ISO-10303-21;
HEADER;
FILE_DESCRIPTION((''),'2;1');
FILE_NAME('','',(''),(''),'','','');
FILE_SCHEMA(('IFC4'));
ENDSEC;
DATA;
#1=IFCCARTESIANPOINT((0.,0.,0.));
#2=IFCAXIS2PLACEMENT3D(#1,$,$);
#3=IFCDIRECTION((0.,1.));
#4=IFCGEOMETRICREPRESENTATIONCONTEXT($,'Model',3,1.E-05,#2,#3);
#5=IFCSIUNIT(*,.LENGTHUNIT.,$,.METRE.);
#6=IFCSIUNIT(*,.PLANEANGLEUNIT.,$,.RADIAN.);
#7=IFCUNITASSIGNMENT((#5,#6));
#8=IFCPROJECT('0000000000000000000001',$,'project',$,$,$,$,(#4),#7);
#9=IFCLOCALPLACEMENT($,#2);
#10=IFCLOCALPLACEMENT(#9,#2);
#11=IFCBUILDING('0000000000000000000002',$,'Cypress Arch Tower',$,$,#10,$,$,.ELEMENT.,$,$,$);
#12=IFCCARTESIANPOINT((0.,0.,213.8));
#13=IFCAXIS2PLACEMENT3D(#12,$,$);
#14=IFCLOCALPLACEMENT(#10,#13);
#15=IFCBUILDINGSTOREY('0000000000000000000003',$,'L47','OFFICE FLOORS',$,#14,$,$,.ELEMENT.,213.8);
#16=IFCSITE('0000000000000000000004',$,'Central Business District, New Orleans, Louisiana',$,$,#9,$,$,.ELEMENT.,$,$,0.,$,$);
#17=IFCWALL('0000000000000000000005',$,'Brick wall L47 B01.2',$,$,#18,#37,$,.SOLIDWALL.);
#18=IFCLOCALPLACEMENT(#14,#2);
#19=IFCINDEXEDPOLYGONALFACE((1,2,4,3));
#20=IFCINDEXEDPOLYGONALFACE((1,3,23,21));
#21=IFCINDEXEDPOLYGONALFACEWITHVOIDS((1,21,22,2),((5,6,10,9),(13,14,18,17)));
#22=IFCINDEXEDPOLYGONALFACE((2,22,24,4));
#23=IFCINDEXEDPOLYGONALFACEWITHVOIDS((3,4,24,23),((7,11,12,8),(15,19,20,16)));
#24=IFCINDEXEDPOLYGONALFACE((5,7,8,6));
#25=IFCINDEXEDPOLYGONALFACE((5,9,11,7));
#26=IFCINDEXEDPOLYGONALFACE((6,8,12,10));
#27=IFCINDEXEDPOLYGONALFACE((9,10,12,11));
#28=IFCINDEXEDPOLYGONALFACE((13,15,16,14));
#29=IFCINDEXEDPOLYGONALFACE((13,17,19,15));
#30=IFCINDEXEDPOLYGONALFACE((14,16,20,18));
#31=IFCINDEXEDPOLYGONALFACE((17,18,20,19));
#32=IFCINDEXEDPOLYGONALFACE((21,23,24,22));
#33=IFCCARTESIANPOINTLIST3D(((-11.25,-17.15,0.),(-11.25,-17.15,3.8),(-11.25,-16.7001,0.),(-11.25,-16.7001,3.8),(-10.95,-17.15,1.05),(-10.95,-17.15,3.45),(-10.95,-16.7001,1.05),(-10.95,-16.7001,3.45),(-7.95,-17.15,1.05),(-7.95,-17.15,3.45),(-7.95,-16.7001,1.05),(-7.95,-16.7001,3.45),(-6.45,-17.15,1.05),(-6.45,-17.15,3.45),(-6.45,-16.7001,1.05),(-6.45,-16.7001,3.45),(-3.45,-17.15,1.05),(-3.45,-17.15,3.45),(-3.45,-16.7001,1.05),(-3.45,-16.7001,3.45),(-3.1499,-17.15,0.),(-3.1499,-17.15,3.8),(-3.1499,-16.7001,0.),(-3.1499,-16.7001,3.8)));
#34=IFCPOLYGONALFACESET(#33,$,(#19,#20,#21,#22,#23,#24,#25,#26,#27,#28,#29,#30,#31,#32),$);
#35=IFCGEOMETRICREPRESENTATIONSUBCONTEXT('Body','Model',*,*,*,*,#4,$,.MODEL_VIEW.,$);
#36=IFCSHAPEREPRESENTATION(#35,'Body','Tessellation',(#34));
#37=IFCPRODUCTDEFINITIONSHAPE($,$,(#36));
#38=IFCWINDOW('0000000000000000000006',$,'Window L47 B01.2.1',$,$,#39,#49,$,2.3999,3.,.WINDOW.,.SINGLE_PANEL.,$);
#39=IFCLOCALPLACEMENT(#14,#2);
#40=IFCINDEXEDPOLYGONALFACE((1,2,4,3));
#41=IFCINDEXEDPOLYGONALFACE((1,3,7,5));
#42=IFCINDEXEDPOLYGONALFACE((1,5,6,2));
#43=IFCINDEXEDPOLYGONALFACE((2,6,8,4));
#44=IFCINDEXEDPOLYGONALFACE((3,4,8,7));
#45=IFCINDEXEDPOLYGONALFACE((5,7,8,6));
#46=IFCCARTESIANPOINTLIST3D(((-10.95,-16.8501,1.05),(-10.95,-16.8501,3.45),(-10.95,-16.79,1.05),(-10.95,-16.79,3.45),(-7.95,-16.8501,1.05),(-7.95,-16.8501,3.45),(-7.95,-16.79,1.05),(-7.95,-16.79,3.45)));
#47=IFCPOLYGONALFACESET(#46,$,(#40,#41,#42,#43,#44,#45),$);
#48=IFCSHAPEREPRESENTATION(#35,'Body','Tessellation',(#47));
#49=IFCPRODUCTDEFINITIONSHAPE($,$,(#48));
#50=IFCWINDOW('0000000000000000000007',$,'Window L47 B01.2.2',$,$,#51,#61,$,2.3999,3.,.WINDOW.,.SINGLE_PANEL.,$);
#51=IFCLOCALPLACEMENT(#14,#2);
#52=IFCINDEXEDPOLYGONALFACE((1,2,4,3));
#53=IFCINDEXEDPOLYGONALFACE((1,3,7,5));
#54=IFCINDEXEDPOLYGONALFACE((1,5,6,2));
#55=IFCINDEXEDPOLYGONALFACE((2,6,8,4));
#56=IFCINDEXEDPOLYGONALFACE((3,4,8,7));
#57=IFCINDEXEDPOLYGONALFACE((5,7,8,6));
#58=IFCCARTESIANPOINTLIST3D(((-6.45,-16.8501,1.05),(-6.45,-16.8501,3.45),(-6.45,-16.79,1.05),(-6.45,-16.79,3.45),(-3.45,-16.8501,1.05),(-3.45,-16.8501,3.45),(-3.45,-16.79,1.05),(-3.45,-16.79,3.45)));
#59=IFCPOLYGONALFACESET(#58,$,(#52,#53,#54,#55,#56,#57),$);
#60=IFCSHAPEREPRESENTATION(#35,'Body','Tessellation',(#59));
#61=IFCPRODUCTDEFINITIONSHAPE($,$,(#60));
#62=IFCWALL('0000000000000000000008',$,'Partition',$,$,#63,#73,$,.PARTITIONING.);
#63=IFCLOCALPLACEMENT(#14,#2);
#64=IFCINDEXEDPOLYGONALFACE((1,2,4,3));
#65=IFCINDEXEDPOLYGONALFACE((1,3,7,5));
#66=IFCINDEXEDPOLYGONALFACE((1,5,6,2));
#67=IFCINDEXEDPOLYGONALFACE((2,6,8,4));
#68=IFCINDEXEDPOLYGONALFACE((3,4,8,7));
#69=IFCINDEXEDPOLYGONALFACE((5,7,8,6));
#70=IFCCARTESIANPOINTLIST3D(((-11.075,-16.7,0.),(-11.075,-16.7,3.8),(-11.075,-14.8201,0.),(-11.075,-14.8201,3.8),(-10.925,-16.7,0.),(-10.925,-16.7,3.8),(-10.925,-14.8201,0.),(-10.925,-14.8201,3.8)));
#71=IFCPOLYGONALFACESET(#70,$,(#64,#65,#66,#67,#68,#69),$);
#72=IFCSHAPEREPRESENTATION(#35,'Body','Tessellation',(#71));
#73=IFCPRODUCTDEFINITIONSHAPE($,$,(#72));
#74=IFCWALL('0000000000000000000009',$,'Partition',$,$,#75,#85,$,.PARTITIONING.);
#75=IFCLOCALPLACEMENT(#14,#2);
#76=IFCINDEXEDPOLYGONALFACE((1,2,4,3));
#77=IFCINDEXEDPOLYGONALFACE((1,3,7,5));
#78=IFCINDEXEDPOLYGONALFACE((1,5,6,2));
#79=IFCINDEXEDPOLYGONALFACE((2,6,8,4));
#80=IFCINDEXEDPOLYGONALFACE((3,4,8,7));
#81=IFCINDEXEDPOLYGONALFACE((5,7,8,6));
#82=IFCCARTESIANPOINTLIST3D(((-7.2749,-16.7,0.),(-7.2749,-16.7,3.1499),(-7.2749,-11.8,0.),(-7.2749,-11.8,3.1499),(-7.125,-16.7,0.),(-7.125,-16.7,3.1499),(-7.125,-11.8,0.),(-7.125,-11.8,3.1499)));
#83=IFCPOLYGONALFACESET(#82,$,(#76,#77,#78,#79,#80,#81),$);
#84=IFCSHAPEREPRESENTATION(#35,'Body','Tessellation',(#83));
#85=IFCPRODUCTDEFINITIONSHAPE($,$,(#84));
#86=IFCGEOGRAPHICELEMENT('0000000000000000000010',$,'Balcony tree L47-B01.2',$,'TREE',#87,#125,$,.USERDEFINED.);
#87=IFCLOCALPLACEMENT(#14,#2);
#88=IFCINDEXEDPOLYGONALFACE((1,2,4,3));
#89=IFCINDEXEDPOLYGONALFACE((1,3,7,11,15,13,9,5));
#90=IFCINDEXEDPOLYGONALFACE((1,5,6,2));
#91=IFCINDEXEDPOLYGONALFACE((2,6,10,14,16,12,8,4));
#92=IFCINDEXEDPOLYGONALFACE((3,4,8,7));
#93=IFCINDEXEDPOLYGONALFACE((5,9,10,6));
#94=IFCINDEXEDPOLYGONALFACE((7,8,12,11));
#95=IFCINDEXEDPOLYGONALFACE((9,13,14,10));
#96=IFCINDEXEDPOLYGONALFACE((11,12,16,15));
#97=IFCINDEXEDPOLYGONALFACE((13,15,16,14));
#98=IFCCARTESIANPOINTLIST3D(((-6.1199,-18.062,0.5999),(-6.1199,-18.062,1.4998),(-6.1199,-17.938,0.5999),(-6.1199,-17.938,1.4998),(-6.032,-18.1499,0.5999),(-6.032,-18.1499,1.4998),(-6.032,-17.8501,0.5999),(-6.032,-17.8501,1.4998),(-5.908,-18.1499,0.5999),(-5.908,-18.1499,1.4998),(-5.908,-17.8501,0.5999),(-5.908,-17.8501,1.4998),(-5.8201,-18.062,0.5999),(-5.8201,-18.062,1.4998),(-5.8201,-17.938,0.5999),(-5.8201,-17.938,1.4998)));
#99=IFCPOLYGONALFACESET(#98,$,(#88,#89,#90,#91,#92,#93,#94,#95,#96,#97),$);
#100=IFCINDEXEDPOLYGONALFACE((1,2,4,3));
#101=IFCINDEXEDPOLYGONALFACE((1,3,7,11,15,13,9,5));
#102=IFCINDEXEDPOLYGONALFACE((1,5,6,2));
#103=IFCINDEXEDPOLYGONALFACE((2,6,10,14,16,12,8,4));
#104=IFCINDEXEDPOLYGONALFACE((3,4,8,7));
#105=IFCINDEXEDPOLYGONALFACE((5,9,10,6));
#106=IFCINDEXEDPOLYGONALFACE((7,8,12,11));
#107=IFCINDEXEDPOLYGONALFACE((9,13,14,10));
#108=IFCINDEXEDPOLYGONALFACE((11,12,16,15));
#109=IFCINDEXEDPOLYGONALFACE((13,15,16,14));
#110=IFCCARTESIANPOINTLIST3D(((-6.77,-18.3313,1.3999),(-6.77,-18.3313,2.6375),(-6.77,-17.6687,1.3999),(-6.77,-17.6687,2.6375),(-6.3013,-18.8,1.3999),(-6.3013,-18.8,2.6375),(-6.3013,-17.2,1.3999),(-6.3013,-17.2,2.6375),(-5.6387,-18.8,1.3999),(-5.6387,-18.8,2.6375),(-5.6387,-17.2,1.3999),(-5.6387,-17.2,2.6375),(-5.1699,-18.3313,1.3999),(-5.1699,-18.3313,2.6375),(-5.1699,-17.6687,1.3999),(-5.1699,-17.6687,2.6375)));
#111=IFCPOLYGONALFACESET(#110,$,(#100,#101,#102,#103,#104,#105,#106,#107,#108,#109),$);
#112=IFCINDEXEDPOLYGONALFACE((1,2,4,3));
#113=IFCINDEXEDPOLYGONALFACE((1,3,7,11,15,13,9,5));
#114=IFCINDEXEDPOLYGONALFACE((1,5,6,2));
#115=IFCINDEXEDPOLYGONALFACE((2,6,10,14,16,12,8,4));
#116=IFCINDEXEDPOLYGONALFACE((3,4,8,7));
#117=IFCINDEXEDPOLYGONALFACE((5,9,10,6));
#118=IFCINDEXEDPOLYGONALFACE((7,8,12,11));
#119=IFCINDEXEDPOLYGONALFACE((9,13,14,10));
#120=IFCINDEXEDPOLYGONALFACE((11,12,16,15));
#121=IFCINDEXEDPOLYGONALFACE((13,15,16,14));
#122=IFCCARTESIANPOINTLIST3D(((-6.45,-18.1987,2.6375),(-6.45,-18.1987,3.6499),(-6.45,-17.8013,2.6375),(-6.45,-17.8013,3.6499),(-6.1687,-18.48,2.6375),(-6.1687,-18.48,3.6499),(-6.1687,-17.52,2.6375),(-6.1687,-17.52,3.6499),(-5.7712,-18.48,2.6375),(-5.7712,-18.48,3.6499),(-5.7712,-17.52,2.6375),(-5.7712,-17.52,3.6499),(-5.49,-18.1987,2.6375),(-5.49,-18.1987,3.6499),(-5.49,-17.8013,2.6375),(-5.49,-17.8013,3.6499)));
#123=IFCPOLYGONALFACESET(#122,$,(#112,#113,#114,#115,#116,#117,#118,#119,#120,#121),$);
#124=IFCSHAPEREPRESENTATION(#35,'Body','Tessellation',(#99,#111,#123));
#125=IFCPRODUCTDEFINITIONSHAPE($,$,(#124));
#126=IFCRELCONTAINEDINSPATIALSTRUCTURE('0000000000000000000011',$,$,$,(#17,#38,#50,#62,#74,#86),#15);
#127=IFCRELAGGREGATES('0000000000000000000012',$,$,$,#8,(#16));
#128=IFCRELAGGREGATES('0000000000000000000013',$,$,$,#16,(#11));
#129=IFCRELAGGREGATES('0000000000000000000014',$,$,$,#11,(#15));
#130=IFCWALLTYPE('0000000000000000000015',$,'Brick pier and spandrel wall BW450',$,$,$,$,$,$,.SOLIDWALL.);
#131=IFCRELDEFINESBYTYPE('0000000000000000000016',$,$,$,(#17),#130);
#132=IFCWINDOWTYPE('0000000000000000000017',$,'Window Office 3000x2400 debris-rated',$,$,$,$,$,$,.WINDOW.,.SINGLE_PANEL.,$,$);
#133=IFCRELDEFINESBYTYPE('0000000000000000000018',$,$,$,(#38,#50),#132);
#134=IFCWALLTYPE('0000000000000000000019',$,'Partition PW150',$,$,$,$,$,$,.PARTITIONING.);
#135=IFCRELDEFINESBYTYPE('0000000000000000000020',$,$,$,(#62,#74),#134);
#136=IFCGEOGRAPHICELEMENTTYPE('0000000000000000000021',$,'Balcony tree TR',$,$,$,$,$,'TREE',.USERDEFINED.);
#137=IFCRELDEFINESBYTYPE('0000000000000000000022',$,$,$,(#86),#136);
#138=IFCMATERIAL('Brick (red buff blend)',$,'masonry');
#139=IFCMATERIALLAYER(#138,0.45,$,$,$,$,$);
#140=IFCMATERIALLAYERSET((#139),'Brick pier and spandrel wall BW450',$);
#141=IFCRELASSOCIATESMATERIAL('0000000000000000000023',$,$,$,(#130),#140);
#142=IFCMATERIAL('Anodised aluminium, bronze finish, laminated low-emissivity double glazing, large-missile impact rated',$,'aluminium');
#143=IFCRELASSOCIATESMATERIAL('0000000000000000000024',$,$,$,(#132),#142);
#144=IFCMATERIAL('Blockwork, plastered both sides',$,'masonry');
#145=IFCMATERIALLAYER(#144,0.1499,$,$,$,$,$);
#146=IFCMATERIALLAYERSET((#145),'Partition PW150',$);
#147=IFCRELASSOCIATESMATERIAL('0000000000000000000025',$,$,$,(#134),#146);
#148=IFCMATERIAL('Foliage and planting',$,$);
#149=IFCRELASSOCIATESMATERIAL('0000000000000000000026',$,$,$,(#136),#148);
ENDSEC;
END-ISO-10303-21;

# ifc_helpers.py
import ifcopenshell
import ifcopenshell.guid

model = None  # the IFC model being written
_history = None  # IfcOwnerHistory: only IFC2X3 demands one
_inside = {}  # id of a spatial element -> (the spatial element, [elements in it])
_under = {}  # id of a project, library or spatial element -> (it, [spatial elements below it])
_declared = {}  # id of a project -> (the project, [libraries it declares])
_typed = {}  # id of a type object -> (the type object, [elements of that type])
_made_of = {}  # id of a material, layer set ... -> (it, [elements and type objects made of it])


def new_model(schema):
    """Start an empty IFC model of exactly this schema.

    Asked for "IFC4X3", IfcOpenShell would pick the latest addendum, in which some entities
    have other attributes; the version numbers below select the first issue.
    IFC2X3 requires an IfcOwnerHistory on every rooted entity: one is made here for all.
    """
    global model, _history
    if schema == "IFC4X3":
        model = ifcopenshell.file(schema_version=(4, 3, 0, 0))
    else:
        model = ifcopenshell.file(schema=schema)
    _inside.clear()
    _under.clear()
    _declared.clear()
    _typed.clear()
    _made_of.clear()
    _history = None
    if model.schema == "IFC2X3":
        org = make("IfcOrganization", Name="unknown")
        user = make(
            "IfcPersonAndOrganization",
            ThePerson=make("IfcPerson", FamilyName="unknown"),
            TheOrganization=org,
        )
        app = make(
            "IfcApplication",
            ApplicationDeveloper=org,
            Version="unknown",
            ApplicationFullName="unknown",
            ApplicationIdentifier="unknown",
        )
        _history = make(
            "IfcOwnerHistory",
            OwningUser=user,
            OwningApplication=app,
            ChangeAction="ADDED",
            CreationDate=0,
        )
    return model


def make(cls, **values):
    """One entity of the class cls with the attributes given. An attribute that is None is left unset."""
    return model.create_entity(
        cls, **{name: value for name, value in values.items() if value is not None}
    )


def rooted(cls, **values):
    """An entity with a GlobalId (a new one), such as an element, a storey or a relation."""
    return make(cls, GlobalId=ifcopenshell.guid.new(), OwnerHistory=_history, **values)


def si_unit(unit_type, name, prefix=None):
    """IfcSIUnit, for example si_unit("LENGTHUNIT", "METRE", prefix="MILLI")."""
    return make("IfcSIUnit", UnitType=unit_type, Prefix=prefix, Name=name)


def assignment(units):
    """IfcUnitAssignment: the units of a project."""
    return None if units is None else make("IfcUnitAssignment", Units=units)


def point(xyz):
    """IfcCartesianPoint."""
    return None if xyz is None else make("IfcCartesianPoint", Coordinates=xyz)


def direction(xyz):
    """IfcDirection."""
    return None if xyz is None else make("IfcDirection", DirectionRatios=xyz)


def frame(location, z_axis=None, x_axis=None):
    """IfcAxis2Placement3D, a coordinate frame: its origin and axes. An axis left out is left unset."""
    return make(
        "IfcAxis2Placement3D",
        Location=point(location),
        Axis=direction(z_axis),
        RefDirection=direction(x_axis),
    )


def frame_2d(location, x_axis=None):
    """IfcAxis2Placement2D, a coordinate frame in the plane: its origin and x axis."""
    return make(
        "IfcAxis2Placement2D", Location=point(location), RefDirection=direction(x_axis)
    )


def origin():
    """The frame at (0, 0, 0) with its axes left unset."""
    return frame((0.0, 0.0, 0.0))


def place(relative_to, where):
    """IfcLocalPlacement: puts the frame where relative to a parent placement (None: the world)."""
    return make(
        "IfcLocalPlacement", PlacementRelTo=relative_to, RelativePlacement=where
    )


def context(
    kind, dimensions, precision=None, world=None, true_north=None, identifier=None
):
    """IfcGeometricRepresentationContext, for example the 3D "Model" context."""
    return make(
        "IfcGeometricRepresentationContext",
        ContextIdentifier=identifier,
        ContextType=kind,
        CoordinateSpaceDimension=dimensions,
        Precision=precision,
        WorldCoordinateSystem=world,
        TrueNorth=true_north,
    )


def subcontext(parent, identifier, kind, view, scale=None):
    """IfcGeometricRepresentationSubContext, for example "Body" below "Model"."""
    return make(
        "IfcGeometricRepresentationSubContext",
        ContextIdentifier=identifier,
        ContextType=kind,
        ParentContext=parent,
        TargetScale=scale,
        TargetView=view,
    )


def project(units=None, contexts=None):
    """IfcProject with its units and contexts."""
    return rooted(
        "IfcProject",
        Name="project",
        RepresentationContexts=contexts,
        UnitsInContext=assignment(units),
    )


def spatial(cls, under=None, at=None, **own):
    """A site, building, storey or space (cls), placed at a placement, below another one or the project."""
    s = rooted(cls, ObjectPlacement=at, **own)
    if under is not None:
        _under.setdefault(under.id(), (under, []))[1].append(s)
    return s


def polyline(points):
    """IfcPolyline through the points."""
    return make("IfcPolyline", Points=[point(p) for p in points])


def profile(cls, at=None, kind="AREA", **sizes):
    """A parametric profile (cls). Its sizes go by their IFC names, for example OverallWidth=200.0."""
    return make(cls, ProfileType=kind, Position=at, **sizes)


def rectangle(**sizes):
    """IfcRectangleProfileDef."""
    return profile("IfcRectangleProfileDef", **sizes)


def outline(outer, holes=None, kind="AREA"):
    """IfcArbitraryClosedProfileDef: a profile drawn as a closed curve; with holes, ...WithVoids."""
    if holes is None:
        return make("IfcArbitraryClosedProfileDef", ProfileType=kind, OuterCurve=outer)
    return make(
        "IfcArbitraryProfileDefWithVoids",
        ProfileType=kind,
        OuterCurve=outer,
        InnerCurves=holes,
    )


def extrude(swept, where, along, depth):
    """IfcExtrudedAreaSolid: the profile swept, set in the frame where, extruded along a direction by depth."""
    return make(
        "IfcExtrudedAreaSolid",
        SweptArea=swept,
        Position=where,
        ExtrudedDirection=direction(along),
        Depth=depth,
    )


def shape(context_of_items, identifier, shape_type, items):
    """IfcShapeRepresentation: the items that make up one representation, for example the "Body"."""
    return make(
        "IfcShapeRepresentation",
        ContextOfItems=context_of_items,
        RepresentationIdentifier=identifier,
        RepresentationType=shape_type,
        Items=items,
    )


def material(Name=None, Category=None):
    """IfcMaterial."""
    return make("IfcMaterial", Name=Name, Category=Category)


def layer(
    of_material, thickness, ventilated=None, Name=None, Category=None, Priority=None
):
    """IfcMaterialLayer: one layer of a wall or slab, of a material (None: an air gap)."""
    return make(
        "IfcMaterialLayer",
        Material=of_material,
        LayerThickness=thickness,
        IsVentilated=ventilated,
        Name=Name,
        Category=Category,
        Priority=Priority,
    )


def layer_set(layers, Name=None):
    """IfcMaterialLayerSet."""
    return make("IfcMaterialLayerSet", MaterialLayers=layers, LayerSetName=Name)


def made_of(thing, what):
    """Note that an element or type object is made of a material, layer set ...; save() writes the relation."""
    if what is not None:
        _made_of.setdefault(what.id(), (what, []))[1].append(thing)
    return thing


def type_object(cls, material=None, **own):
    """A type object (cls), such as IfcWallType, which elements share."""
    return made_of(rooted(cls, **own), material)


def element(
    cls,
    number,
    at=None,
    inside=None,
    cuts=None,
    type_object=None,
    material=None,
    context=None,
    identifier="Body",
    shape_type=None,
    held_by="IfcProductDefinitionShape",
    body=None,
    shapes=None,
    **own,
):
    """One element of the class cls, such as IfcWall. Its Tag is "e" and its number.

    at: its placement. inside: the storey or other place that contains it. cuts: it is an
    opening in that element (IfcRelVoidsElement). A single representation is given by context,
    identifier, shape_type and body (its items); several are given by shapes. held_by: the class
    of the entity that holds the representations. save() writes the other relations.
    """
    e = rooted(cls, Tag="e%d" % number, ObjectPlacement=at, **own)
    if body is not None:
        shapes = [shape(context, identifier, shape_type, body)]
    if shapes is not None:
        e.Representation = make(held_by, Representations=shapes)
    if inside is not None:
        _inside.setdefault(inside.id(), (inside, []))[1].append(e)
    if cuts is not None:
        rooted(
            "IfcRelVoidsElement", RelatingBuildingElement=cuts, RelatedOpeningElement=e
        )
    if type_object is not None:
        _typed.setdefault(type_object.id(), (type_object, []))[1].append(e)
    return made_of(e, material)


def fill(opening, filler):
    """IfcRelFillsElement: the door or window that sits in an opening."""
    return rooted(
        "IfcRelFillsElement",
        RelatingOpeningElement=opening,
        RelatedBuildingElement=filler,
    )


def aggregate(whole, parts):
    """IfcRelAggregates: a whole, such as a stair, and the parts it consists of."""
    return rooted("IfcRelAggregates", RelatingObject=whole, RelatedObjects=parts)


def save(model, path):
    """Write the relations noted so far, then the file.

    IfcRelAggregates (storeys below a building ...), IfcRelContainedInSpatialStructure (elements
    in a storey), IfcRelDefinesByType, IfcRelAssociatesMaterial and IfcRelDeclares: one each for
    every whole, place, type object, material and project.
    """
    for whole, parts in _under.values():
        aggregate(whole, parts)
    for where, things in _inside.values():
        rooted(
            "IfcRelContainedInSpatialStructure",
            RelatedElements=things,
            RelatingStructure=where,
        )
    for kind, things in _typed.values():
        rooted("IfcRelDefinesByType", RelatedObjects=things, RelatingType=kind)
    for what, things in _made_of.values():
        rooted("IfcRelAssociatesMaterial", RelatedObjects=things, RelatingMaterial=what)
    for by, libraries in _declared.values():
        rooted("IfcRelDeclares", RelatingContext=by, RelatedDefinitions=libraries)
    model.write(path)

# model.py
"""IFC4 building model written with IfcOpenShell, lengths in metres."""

from ifc_helpers import new_model, si_unit, direction, frame, frame_2d, origin, place, context, subcontext, project, spatial, polyline, rectangle, outline, extrude, material, layer, layer_set, type_object, element, fill, save


model = new_model("IFC4")

# Units and contexts
model_context = context("Model", 3, precision=1e-05, world=origin(), true_north=direction((0.0, 1.0)))
body_context = subcontext(model_context, "Body", "Model", "MODEL_VIEW")
ifc_project = project(units=[si_unit("LENGTHUNIT", "METRE"), si_unit("PLANEANGLEUNIT", "RADIAN")], contexts=[model_context])

# Site, building, storey
site_placement = place(None, origin())
site = spatial("IfcSite", under=ifc_project, at=site_placement, Name="Central Business District, New Orleans, Louisiana", CompositionType="ELEMENT", RefElevation=0.0)
building_placement = place(site_placement, origin())
building = spatial("IfcBuilding", under=site, at=building_placement, Name="Cypress Arch Tower", CompositionType="ELEMENT")
storey_placement = place(building_placement, frame((0.0, 0.0, 213.8)))
storey = spatial("IfcBuildingStorey", under=building, at=storey_placement, Name="L47", Description="OFFICE FLOORS", CompositionType="ELEMENT", Elevation=213.8)

# Wall, openings, windows
ifc_material_1 = material(Name="Brick (red buff blend)", Category="masonry")
ifc_layer_1 = layer(ifc_material_1, 0.45)
ifc_layer_set_1 = layer_set([ifc_layer_1], Name="Brick pier and spandrel wall BW450")
wall_type_1 = type_object("IfcWallType", Name="Brick pier and spandrel wall BW450", PredefinedType="SOLIDWALL", material=ifc_layer_set_1)
wall_1_placement = place(storey_placement, frame((-11.25, -16.925, 0.0), z_axis=(0.0, 0.0, 1.0), x_axis=(1.0, 0.0, 0.0)))
wall_1 = element("IfcWall", 1, at=wall_1_placement, inside=storey, type_object=wall_type_1, Name="Brick wall L47 B01.2", PredefinedType="SOLIDWALL", context=body_context, shape_type="SweptSolid", body=[
    extrude(rectangle(XDim=8.1001, YDim=0.45, at=frame_2d((4.05, 0.0))), origin(), (0.0, 0.0, 1.0), 3.8),
])
opening_1_placement = place(wall_1_placement, frame((0.3, 0.0, 1.05)))
opening_1 = element("IfcOpeningElement", 2, at=opening_1_placement, cuts=wall_1, PredefinedType="OPENING", context=body_context, shape_type="SweptSolid", body=[
    extrude(rectangle(XDim=3.0, YDim=2.3999, at=frame_2d((1.5, 1.2))), frame((0.0, 0.2349, 0.0), z_axis=(0.0, -1.0, 0.0), x_axis=(1.0, 0.0, 0.0)), (0.0, 0.0, 1.0), 0.47),
])
opening_2_placement = place(wall_1_placement, frame((4.8, 0.0, 1.05)))
opening_2 = element("IfcOpeningElement", 3, at=opening_2_placement, cuts=wall_1, PredefinedType="OPENING", context=body_context, shape_type="SweptSolid", body=[
    extrude(rectangle(XDim=3.0, YDim=2.3999, at=frame_2d((1.5, 1.2))), frame((0.0, 0.2349, 0.0), z_axis=(0.0, -1.0, 0.0), x_axis=(1.0, 0.0, 0.0)), (0.0, 0.0, 1.0), 0.47),
])
ifc_material_2 = material(Name="Anodised aluminium, bronze finish, laminated low-emissivity double glazing, large-missile impact rated", Category="aluminium")
window_type_1 = type_object("IfcWindowType", Name="Window Office 3000x2400 debris-rated", PartitioningType="SINGLE_PANEL", PredefinedType="WINDOW", material=ifc_material_2)
window_1_placement = place(opening_1_placement, origin())
window_1 = element("IfcWindow", 4, at=window_1_placement, inside=storey, type_object=window_type_1, Name="Window L47 B01.2.1", OverallHeight=2.3999, OverallWidth=3.0, PartitioningType="SINGLE_PANEL", PredefinedType="WINDOW", context=body_context, shape_type="SweptSolid", body=[
    extrude(rectangle(XDim=3.0, YDim=2.3999, at=frame_2d((1.5, 1.2))), frame((0.0, 0.135, 0.0), z_axis=(0.0, -1.0, 0.0), x_axis=(1.0, 0.0, 0.0)), (0.0, 0.0, 1.0), 0.0601),
])
fill(opening_1, window_1)
window_2_placement = place(opening_2_placement, origin())
window_2 = element("IfcWindow", 5, at=window_2_placement, inside=storey, type_object=window_type_1, Name="Window L47 B01.2.2", OverallHeight=2.3999, OverallWidth=3.0, PartitioningType="SINGLE_PANEL", PredefinedType="WINDOW", context=body_context, shape_type="SweptSolid", body=[
    extrude(rectangle(XDim=3.0, YDim=2.3999, at=frame_2d((1.5, 1.2))), frame((0.0, 0.135, 0.0), z_axis=(0.0, -1.0, 0.0), x_axis=(1.0, 0.0, 0.0)), (0.0, 0.0, 1.0), 0.0601),
])
fill(opening_2, window_2)

# Walls
ifc_material_3 = material(Name="Blockwork, plastered both sides", Category="masonry")
ifc_layer_2 = layer(ifc_material_3, 0.1499)
ifc_layer_set_2 = layer_set([ifc_layer_2], Name="Partition PW150")
wall_type_2 = type_object("IfcWallType", Name="Partition PW150", PredefinedType="PARTITIONING", material=ifc_layer_set_2)
wall_2_placement = place(storey_placement, frame((-11.0, -16.7, 0.0), z_axis=(0.0, 0.0, 1.0), x_axis=(0.0, 1.0, 0.0)))
element("IfcWall", 6, at=wall_2_placement, inside=storey, type_object=wall_type_2, Name="Partition", PredefinedType="PARTITIONING", context=body_context, shape_type="SweptSolid", body=[
    extrude(rectangle(XDim=1.8799, YDim=0.1499, at=frame_2d((0.9399, 0.0))), origin(), (0.0, 0.0, 1.0), 3.8),
])
wall_3_placement = place(storey_placement, frame((-7.2, -16.7, 0.0), z_axis=(0.0, 0.0, 1.0), x_axis=(0.0, 1.0, 0.0)))
element("IfcWall", 7, at=wall_3_placement, inside=storey, type_object=wall_type_2, Name="Partition", PredefinedType="PARTITIONING", context=body_context, shape_type="SweptSolid", body=[
    extrude(rectangle(XDim=4.8999, YDim=0.1499, at=frame_2d((2.45, 0.0))), origin(), (0.0, 0.0, 1.0), 3.1499),
])

# Geographic element
ifc_material_4 = material(Name="Foliage and planting")
geographic_element_type = type_object("IfcGeographicElementType", Name="Balcony tree TR", ElementType="TREE", PredefinedType="USERDEFINED", material=ifc_material_4)
geographic_element_placement = place(storey_placement, frame((-5.97, -18.0, 0.5999), z_axis=(0.0, 0.0, 1.0), x_axis=(1.0, 0.0, 0.0)))
element("IfcGeographicElement", 8, at=geographic_element_placement, inside=storey, type_object=geographic_element_type, Name="Balcony tree L47-B01.2", ObjectType="TREE", PredefinedType="USERDEFINED", context=body_context, shape_type="SweptSolid", body=[
    extrude(outline(polyline([(0.1499, 0.062), (0.062, 0.1499), (-0.062, 0.1499), (-0.1499, 0.062), (-0.1499, -0.062), (-0.062, -0.1499), (0.062, -0.1499), (0.1499, -0.062), (0.1499, 0.062)])), origin(), (0.0, 0.0, 1.0), 0.8999),
    extrude(outline(polyline([(0.8, 0.3313), (0.3313, 0.8), (-0.3313, 0.8), (-0.8, 0.3313), (-0.8, -0.3313), (-0.3313, -0.8), (0.3313, -0.8), (0.8, -0.3313), (0.8, 0.3313)])), frame((0.0, 0.0, 0.8)), (0.0, 0.0, 1.0), 1.2375),
    extrude(outline(polyline([(0.48, 0.1987), (0.1987, 0.48), (-0.1987, 0.48), (-0.48, 0.1987), (-0.48, -0.1987), (-0.1987, -0.48), (0.1987, -0.48), (0.48, -0.1987), (0.48, 0.1987)])), frame((0.0, 0.0, 2.0376)), (0.0, 0.0, 1.0), 1.0125),
])

save(model, "model.ifc")
